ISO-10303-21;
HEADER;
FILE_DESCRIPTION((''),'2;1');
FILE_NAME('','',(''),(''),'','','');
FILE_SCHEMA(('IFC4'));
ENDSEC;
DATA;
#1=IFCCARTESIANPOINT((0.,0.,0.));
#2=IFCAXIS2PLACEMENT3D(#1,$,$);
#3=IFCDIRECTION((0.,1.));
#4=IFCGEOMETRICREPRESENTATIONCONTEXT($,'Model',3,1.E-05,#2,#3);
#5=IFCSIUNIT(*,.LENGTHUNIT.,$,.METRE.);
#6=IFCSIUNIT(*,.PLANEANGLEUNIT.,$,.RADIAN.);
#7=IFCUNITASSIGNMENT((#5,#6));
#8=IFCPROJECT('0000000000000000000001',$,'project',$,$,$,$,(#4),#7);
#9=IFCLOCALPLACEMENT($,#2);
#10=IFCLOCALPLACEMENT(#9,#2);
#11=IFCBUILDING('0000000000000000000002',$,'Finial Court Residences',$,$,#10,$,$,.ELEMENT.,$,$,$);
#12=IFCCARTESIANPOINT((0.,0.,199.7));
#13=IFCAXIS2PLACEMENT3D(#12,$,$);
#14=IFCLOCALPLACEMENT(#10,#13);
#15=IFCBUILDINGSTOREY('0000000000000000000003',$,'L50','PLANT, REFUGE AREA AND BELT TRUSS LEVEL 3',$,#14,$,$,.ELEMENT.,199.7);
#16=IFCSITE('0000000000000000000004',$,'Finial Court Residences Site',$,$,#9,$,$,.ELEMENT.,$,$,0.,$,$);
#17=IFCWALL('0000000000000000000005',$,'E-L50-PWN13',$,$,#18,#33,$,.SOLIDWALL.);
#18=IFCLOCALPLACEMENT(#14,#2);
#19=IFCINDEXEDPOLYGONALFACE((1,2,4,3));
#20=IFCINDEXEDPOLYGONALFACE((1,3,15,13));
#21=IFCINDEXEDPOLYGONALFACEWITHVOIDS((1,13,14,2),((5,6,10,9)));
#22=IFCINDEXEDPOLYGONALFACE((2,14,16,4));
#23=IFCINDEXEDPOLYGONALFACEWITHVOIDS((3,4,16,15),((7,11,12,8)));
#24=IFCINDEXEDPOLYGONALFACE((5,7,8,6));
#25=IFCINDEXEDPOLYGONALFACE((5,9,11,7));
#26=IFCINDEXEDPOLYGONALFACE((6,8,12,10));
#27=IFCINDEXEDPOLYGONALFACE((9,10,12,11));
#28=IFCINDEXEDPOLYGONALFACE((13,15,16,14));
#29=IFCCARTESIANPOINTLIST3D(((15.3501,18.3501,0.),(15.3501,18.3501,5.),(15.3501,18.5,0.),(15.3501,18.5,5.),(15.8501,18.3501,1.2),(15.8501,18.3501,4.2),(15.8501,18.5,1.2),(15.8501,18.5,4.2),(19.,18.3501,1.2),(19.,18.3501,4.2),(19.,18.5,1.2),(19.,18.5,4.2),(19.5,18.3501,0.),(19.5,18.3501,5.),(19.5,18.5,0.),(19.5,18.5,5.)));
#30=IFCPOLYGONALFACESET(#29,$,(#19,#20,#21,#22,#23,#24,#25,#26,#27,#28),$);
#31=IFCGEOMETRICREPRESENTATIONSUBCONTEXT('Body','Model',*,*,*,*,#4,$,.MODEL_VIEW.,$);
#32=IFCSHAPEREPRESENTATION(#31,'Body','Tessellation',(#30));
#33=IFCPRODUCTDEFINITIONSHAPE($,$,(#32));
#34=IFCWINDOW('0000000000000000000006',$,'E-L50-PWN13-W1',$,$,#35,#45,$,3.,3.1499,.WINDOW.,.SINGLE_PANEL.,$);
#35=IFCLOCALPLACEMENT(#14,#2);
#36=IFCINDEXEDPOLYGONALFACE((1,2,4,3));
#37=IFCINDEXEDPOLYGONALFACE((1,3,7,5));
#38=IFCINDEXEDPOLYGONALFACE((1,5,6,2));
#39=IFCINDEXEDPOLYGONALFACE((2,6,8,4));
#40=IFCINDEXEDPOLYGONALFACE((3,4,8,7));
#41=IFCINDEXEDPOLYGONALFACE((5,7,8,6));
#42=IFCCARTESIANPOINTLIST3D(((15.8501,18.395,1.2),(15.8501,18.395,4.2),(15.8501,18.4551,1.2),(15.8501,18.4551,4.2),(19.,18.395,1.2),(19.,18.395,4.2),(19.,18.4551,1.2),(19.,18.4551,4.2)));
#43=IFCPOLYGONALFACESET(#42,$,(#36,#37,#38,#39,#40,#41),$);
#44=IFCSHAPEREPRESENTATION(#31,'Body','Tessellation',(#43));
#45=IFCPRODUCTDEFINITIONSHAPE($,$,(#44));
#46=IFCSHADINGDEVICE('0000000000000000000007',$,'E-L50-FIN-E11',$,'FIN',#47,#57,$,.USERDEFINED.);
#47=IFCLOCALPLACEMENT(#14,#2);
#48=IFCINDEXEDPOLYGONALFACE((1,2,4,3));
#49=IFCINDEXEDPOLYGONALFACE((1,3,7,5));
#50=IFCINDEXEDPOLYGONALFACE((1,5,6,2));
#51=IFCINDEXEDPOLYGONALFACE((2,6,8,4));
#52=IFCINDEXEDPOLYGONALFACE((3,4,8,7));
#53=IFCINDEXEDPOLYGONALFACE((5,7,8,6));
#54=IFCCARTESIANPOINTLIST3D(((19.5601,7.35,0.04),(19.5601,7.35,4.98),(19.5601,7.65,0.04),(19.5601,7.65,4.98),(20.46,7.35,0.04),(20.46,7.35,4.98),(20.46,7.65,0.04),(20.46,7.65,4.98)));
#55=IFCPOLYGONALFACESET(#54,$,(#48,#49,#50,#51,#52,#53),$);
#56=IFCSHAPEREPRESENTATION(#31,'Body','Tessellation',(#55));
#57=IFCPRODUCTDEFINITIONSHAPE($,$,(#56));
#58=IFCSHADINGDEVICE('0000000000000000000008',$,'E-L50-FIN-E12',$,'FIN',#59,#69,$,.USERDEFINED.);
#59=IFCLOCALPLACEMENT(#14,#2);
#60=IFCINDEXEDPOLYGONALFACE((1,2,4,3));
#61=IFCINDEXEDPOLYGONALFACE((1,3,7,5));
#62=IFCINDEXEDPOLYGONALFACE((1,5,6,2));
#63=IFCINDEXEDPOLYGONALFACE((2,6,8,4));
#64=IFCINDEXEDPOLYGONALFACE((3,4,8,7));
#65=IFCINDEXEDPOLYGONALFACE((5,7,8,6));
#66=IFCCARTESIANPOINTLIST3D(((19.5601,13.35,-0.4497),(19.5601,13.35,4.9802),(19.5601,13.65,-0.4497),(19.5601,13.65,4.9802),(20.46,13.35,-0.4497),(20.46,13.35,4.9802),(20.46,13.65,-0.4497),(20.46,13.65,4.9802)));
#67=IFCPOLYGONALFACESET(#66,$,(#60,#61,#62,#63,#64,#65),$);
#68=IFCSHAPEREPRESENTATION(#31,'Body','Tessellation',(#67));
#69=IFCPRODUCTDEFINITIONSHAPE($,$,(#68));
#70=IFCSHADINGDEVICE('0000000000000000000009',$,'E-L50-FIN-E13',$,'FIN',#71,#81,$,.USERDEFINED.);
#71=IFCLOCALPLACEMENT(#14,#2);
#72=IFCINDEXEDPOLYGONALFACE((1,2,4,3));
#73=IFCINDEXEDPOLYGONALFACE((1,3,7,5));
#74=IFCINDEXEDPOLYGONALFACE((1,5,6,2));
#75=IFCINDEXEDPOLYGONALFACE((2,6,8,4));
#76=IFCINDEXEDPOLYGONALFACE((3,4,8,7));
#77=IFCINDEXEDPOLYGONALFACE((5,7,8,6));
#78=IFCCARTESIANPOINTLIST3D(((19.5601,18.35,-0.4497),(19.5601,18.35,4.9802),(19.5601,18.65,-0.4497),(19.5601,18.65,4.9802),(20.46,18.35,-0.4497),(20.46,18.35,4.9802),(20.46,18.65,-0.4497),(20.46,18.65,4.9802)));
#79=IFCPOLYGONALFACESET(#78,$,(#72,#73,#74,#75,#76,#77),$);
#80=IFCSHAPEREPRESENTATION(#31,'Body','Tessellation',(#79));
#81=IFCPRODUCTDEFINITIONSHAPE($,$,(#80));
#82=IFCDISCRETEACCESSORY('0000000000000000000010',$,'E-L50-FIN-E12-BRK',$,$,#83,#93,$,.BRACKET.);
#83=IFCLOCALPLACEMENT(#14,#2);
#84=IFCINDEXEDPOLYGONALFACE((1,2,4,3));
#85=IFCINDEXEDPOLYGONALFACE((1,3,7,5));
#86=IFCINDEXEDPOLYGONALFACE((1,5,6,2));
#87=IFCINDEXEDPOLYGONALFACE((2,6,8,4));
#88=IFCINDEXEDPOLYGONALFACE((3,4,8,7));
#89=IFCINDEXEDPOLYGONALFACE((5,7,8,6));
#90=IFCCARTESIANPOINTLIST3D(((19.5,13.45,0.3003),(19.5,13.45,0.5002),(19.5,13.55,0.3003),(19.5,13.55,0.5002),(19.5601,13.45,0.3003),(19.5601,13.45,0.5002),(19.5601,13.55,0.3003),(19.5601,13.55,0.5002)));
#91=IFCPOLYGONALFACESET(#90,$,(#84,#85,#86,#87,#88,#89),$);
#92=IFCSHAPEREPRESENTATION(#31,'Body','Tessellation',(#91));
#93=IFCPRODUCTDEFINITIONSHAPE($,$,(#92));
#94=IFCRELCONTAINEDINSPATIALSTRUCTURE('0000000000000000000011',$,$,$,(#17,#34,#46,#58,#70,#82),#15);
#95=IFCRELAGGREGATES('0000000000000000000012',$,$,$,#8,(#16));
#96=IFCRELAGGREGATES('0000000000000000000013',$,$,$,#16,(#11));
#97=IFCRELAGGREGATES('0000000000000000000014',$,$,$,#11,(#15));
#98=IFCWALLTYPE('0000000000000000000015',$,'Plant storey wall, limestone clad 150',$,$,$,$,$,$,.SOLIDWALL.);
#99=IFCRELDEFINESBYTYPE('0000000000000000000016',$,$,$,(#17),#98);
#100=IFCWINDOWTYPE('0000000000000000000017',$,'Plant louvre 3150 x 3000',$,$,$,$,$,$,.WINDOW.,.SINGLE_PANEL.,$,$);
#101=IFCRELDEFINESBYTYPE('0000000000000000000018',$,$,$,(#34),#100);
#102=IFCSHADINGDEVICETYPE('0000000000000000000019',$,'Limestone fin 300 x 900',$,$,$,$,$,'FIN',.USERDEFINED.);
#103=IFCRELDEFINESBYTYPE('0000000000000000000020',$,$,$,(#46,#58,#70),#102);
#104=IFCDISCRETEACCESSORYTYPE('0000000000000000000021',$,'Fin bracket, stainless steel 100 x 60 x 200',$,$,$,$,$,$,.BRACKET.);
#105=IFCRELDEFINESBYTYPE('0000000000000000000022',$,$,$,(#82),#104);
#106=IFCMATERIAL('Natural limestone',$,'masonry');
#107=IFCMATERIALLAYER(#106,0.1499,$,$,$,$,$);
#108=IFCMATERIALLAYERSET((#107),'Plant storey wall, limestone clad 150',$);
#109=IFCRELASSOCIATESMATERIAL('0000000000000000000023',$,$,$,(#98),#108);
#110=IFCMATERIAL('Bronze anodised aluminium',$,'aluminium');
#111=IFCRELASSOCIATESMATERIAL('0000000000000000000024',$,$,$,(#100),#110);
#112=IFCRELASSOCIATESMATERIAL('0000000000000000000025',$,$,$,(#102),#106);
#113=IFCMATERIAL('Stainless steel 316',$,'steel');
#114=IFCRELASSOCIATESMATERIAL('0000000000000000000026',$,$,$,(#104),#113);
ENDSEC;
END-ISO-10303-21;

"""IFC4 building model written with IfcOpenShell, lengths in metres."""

from ifc_helpers import new_model, si_unit, direction, frame, frame_2d, origin, origin_2d, place, context, subcontext, project, spatial, rectangle, extrude, material, layer, layer_set, type_object, element, fill, save


model = new_model("IFC4")

# Units and contexts
model_context = context("Model", 3, precision=1e-05, world=origin(), true_north=direction((0.0, 1.0)))
body_context = subcontext(model_context, "Body", "Model", "MODEL_VIEW")
ifc_project = project(units=[si_unit("LENGTHUNIT", "METRE"), si_unit("PLANEANGLEUNIT", "RADIAN")], contexts=[model_context])

# Site, building, storey
site_placement = place(None, origin())
site = spatial("IfcSite", under=ifc_project, at=site_placement, Name="Finial Court Residences Site", CompositionType="ELEMENT", RefElevation=0.0)
building_placement = place(site_placement, origin())
building = spatial("IfcBuilding", under=site, at=building_placement, Name="Finial Court Residences", CompositionType="ELEMENT")
storey_placement = place(building_placement, frame((0.0, 0.0, 199.7)))
storey = spatial("IfcBuildingStorey", under=building, at=storey_placement, Name="L50", Description="PLANT, REFUGE AREA AND BELT TRUSS LEVEL 3", CompositionType="ELEMENT", Elevation=199.7)

# Shared definitions
ifc_material_1 = material(Name="Natural limestone", Category="masonry")
ifc_layer_1 = layer(ifc_material_1, 0.1499)
ifc_layer_set_1 = layer_set([ifc_layer_1], Name="Plant storey wall, limestone clad 150")
wall_type_1 = type_object("IfcWallType", Name="Plant storey wall, limestone clad 150", PredefinedType="SOLIDWALL", material=ifc_layer_set_1)
ifc_material_2 = material(Name="Bronze anodised aluminium", Category="aluminium")

# Wall, opening, window
wall_1_placement = place(storey_placement, frame((15.3501, 18.425, 0.0), z_axis=(0.0, 0.0, 1.0), x_axis=(1.0, 0.0, 0.0)))
wall_1 = element("IfcWall", 1, at=wall_1_placement, inside=storey, type_object=wall_type_1, Name="E-L50-PWN13", PredefinedType="SOLIDWALL", context=body_context, shape_type="SweptSolid", body=[
    extrude(rectangle(XDim=4.1499, YDim=0.1499, at=frame_2d((2.075, 0.0))), origin(), (0.0, 0.0, 1.0), 5.0),
])
opening_1_placement = place(wall_1_placement, frame((0.5, 0.0, 1.2)))
opening_1 = element("IfcOpeningElement", 2, at=opening_1_placement, cuts=wall_1, PredefinedType="OPENING", context=body_context, shape_type="SweptSolid", body=[
    extrude(rectangle(XDim=3.1499, YDim=3.0, at=frame_2d((1.575, 1.5))), frame((0.0, 0.085, 0.0), z_axis=(0.0, -1.0, 0.0), x_axis=(1.0, 0.0, 0.0)), (0.0, 0.0, 1.0), 0.1699),
])
window_type_1 = type_object("IfcWindowType", Name="Plant louvre 3150 x 3000", PartitioningType="SINGLE_PANEL", PredefinedType="WINDOW", material=ifc_material_2)
window_1_placement = place(opening_1_placement, origin())
window_1 = element("IfcWindow", 3, at=window_1_placement, inside=storey, type_object=window_type_1, Name="E-L50-PWN13-W1", OverallHeight=3.0, OverallWidth=3.1499, PartitioningType="SINGLE_PANEL", PredefinedType="WINDOW", context=body_context, shape_type="SweptSolid", body=[
    extrude(rectangle(XDim=3.1499, YDim=3.0, at=frame_2d((1.575, 1.5))), frame((0.0, 0.03, 0.0), z_axis=(0.0, -1.0, 0.0), x_axis=(1.0, 0.0, 0.0)), (0.0, 0.0, 1.0), 0.0601),
])
fill(opening_1, window_1)

# Shading devices
shading_device_type = type_object("IfcShadingDeviceType", Name="Limestone fin 300 x 900", ElementType="FIN", PredefinedType="USERDEFINED", material=ifc_material_1)
shading_device_placement = place(storey_placement, frame((20.01, 7.5, 0.04), z_axis=(0.0, 0.0, 1.0), x_axis=(1.0, 0.0, 0.0)))
element("IfcShadingDevice", 4, at=shading_device_placement, inside=storey, type_object=shading_device_type, Name="E-L50-FIN-E11", ObjectType="FIN", PredefinedType="USERDEFINED", context=body_context, shape_type="SweptSolid", body=[
    extrude(rectangle(XDim=0.8999, YDim=0.3, at=origin_2d()), origin(), (0.0, 0.0, 1.0), 4.9399),
])
for number, where, z_axis, x_axis, name in (
    (5, (20.01, 13.5, -0.4497), (0.0, 0.0, 1.0), (1.0, 0.0, 0.0), "E-L50-FIN-E12"),
    (6, (20.01, 18.5, -0.4497), (0.0, 0.0, 1.0), (1.0, 0.0, 0.0), "E-L50-FIN-E13"),
):
    element("IfcShadingDevice", number, at=place(storey_placement, frame(where, z_axis=z_axis, x_axis=x_axis)), inside=storey, type_object=shading_device_type, Name=name, ObjectType="FIN", PredefinedType="USERDEFINED", context=body_context, shape_type="SweptSolid", body=[
        extrude(rectangle(XDim=0.8999, YDim=0.3, at=origin_2d()), origin(), (0.0, 0.0, 1.0), 5.4299),
    ])

# Discrete accessory
ifc_material_3 = material(Name="Stainless steel 316", Category="steel")
discrete_accessory_type = type_object("IfcDiscreteAccessoryType", Name="Fin bracket, stainless steel 100 x 60 x 200", PredefinedType="BRACKET", material=ifc_material_3)
discrete_accessory_placement = place(storey_placement, frame((19.53, 13.5, 0.3003), z_axis=(0.0, 0.0, 1.0), x_axis=(1.0, 0.0, 0.0)))
element("IfcDiscreteAccessory", 7, at=discrete_accessory_placement, inside=storey, type_object=discrete_accessory_type, Name="E-L50-FIN-E12-BRK", PredefinedType="BRACKET", context=body_context, shape_type="SweptSolid", body=[
    extrude(rectangle(XDim=0.0601, YDim=0.1001, at=origin_2d()), origin(), (0.0, 0.0, 1.0), 0.2),
])

save(model, "model.ifc")
